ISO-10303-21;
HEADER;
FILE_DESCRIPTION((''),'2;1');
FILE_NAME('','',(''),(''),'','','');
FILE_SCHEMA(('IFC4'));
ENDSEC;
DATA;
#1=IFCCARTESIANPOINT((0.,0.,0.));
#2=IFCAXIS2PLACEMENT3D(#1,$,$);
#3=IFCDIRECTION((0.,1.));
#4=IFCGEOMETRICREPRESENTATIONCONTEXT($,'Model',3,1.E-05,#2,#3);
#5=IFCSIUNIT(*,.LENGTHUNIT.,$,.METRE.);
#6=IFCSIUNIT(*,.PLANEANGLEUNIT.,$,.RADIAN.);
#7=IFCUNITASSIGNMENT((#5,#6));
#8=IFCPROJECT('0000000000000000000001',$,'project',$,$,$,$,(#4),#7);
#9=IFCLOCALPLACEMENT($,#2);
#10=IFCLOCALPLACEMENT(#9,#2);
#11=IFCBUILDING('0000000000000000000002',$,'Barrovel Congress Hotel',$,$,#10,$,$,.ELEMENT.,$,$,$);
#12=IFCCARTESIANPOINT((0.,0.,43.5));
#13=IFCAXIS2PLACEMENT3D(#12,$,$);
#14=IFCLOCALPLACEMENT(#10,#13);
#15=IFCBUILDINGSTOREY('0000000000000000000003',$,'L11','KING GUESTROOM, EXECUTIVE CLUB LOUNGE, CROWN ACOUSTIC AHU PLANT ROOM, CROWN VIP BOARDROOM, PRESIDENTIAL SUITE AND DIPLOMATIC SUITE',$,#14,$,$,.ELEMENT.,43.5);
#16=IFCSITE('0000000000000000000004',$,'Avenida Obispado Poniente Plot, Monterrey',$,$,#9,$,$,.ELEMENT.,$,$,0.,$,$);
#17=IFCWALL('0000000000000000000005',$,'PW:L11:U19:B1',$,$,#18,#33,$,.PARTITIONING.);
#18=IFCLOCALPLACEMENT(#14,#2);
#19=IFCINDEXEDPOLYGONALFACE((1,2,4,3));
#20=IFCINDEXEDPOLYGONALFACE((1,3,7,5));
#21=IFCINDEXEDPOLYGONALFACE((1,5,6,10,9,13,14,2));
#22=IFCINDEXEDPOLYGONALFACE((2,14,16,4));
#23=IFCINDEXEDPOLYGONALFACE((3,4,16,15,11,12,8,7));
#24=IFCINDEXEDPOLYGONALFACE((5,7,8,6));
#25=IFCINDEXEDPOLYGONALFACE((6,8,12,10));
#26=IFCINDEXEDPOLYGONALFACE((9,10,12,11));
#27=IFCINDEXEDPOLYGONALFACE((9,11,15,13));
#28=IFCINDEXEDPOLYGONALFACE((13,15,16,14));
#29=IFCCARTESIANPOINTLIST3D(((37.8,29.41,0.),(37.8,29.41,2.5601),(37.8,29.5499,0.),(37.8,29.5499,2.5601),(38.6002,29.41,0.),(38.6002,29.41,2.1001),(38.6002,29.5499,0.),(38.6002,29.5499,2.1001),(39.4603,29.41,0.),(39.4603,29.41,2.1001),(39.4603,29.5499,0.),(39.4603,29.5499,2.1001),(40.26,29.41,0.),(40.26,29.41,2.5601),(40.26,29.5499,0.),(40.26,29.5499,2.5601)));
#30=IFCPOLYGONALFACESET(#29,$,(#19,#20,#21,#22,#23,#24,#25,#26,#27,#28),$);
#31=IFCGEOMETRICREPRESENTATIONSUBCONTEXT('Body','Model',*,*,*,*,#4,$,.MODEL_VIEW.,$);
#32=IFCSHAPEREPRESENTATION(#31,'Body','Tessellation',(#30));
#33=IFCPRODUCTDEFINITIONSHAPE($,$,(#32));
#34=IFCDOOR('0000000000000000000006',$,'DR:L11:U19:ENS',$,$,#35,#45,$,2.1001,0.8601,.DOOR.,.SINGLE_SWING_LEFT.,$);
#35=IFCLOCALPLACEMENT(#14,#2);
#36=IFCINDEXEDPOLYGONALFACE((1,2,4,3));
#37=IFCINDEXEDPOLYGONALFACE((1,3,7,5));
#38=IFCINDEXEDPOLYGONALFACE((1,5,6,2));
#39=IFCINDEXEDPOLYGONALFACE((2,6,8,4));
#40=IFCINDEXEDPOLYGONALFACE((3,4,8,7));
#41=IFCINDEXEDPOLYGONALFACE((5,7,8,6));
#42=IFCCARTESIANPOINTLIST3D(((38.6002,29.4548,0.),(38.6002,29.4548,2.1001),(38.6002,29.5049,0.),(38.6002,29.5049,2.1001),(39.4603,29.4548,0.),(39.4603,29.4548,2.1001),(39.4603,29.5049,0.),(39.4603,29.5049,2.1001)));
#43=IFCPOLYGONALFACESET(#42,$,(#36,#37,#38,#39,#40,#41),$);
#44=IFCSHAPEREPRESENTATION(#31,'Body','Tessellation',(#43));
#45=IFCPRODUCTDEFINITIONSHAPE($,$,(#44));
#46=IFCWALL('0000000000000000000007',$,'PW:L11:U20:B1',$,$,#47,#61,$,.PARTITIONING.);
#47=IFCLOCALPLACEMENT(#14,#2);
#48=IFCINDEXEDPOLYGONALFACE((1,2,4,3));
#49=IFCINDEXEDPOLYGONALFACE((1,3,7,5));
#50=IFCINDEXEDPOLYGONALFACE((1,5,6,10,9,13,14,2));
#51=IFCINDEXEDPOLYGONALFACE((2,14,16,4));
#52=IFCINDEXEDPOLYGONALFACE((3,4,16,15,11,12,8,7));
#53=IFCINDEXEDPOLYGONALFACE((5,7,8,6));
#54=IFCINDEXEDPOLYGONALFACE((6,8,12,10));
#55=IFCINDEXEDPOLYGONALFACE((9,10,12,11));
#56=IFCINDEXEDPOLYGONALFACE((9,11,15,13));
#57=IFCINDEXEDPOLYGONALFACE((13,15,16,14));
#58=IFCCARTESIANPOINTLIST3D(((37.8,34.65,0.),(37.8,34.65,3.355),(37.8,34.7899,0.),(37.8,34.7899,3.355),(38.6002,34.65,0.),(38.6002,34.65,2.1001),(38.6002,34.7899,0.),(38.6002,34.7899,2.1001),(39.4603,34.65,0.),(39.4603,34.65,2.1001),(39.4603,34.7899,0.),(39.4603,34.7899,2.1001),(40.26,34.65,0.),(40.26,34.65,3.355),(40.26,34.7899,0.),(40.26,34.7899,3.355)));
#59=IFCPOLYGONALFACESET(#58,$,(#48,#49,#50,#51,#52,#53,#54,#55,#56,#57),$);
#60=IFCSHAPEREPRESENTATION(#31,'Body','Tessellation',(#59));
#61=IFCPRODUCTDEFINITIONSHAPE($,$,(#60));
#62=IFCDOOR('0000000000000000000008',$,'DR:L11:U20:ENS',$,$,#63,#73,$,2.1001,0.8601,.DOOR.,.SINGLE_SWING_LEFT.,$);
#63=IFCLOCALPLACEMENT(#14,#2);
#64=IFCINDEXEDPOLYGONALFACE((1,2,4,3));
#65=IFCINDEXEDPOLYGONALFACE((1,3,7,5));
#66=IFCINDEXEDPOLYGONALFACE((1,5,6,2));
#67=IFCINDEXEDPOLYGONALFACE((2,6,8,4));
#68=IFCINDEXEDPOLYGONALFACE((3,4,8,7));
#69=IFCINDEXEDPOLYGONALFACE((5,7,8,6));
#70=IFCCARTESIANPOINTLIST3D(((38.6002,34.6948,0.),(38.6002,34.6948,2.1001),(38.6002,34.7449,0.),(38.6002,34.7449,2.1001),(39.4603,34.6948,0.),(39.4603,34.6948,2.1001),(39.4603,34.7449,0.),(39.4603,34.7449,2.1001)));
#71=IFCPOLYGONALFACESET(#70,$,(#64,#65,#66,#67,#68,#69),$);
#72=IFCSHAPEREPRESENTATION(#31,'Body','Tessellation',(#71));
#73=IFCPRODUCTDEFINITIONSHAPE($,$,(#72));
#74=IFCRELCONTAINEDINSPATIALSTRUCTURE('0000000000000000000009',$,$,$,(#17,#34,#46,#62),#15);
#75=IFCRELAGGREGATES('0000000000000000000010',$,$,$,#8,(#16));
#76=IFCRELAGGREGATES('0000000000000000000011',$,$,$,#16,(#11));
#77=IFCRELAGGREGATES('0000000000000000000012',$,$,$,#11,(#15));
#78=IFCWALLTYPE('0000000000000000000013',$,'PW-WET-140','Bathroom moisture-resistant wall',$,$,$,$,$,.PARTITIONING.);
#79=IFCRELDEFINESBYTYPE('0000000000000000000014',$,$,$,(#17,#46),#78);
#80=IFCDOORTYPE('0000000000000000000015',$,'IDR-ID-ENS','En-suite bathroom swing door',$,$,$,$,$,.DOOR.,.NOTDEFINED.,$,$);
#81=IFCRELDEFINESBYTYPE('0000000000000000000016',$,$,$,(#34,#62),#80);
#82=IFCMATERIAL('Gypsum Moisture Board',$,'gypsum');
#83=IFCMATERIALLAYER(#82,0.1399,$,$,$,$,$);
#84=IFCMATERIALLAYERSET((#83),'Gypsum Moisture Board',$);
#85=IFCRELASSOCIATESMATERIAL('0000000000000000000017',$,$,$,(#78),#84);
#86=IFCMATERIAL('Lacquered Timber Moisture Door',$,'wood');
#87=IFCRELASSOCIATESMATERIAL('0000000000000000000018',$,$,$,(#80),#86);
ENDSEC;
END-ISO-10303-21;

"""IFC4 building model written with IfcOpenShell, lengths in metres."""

from ifc_helpers import new_model, si_unit, direction, frame, frame_2d, origin, place, context, subcontext, project, spatial, rectangle, extrude, material, layer, layer_set, type_object, element, fill, save


model = new_model("IFC4")

# Units and contexts
model_context = context("Model", 3, precision=1e-05, world=origin(), true_north=direction((0.0, 1.0)))
body_context = subcontext(model_context, "Body", "Model", "MODEL_VIEW")
ifc_project = project(units=[si_unit("LENGTHUNIT", "METRE"), si_unit("PLANEANGLEUNIT", "RADIAN")], contexts=[model_context])

# Site, building, storey
site_placement = place(None, origin())
site = spatial("IfcSite", under=ifc_project, at=site_placement, Name="Avenida Obispado Poniente Plot, Monterrey", CompositionType="ELEMENT", RefElevation=0.0)
building_placement = place(site_placement, origin())
building = spatial("IfcBuilding", under=site, at=building_placement, Name="Barrovel Congress Hotel", CompositionType="ELEMENT")
storey_placement = place(building_placement, frame((0.0, 0.0, 43.5)))
storey = spatial("IfcBuildingStorey", under=building, at=storey_placement, Name="L11", Description="KING GUESTROOM, EXECUTIVE CLUB LOUNGE, CROWN ACOUSTIC AHU PLANT ROOM, CROWN VIP BOARDROOM, PRESIDENTIAL SUITE AND DIPLOMATIC SUITE", CompositionType="ELEMENT", Elevation=43.5)

# Walls, openings, doors
ifc_material_1 = material(Name="Gypsum Moisture Board", Category="gypsum")
ifc_layer_1 = layer(ifc_material_1, 0.1399)
ifc_layer_set_1 = layer_set([ifc_layer_1], Name="Gypsum Moisture Board")
wall_type_1 = type_object("IfcWallType", Name="PW-WET-140", Description="Bathroom moisture-resistant wall", PredefinedType="PARTITIONING", material=ifc_layer_set_1)
wall_1_placement = place(storey_placement, frame((37.8, 29.48, 0.0), z_axis=(0.0, 0.0, 1.0), x_axis=(1.0, 0.0, 0.0)))
wall_1 = element("IfcWall", 1, at=wall_1_placement, inside=storey, type_object=wall_type_1, Name="PW:L11:U19:B1", PredefinedType="PARTITIONING", context=body_context, shape_type="SweptSolid", body=[
    extrude(rectangle(XDim=2.46, YDim=0.1399, at=frame_2d((1.23, 0.0))), origin(), (0.0, 0.0, 1.0), 2.5601),
])
opening_1_placement = place(wall_1_placement, frame((0.8, 0.0, 0.0)))
opening_1 = element("IfcOpeningElement", 2, at=opening_1_placement, cuts=wall_1, PredefinedType="OPENING", context=body_context, shape_type="SweptSolid", body=[
    extrude(rectangle(XDim=0.8601, YDim=2.1001, at=frame_2d((0.4302, 1.05))), frame((0.0, 0.0801, 0.0), z_axis=(0.0, -1.0, 0.0), x_axis=(1.0, 0.0, 0.0)), (0.0, 0.0, 1.0), 0.1599),
])
ifc_material_2 = material(Name="Lacquered Timber Moisture Door", Category="wood")
door_type = type_object("IfcDoorType", Name="IDR-ID-ENS", Description="En-suite bathroom swing door", OperationType="NOTDEFINED", PredefinedType="DOOR", material=ifc_material_2)
door_1_placement = place(opening_1_placement, origin())
door_1 = element("IfcDoor", 3, at=door_1_placement, inside=storey, type_object=door_type, Name="DR:L11:U19:ENS", OperationType="SINGLE_SWING_LEFT", OverallHeight=2.1001, OverallWidth=0.8601, PredefinedType="DOOR", context=body_context, shape_type="SweptSolid", body=[
    extrude(rectangle(XDim=0.8601, YDim=2.1001, at=frame_2d((0.4302, 1.05))), frame((0.0, 0.0249, 0.0), z_axis=(0.0, -1.0, 0.0), x_axis=(1.0, 0.0, 0.0)), (0.0, 0.0, 1.0), 0.05),
])
fill(opening_1, door_1)
wall_2_placement = place(storey_placement, frame((37.8, 34.72, 0.0), z_axis=(0.0, 0.0, 1.0), x_axis=(1.0, 0.0, 0.0)))
wall_2 = element("IfcWall", 4, at=wall_2_placement, inside=storey, type_object=wall_type_1, Name="PW:L11:U20:B1", PredefinedType="PARTITIONING", context=body_context, shape_type="SweptSolid", body=[
    extrude(rectangle(XDim=2.46, YDim=0.1399, at=frame_2d((1.23, 0.0))), origin(), (0.0, 0.0, 1.0), 3.355),
])
opening_2_placement = place(wall_2_placement, frame((0.8, 0.0, 0.0)))
opening_2 = element("IfcOpeningElement", 5, at=opening_2_placement, cuts=wall_2, PredefinedType="OPENING", context=body_context, shape_type="SweptSolid", body=[
    extrude(rectangle(XDim=0.8601, YDim=2.1001, at=frame_2d((0.4302, 1.05))), frame((0.0, 0.0801, 0.0), z_axis=(0.0, -1.0, 0.0), x_axis=(1.0, 0.0, 0.0)), (0.0, 0.0, 1.0), 0.1599),
])
door_2_placement = place(opening_2_placement, origin())
door_2 = element("IfcDoor", 6, at=door_2_placement, inside=storey, type_object=door_type, Name="DR:L11:U20:ENS", OperationType="SINGLE_SWING_LEFT", OverallHeight=2.1001, OverallWidth=0.8601, PredefinedType="DOOR", context=body_context, shape_type="SweptSolid", body=[
    extrude(rectangle(XDim=0.8601, YDim=2.1001, at=frame_2d((0.4302, 1.05))), frame((0.0, 0.0249, 0.0), z_axis=(0.0, -1.0, 0.0), x_axis=(1.0, 0.0, 0.0)), (0.0, 0.0, 1.0), 0.05),
])
fill(opening_2, door_2)

save(model, "model.ifc")
